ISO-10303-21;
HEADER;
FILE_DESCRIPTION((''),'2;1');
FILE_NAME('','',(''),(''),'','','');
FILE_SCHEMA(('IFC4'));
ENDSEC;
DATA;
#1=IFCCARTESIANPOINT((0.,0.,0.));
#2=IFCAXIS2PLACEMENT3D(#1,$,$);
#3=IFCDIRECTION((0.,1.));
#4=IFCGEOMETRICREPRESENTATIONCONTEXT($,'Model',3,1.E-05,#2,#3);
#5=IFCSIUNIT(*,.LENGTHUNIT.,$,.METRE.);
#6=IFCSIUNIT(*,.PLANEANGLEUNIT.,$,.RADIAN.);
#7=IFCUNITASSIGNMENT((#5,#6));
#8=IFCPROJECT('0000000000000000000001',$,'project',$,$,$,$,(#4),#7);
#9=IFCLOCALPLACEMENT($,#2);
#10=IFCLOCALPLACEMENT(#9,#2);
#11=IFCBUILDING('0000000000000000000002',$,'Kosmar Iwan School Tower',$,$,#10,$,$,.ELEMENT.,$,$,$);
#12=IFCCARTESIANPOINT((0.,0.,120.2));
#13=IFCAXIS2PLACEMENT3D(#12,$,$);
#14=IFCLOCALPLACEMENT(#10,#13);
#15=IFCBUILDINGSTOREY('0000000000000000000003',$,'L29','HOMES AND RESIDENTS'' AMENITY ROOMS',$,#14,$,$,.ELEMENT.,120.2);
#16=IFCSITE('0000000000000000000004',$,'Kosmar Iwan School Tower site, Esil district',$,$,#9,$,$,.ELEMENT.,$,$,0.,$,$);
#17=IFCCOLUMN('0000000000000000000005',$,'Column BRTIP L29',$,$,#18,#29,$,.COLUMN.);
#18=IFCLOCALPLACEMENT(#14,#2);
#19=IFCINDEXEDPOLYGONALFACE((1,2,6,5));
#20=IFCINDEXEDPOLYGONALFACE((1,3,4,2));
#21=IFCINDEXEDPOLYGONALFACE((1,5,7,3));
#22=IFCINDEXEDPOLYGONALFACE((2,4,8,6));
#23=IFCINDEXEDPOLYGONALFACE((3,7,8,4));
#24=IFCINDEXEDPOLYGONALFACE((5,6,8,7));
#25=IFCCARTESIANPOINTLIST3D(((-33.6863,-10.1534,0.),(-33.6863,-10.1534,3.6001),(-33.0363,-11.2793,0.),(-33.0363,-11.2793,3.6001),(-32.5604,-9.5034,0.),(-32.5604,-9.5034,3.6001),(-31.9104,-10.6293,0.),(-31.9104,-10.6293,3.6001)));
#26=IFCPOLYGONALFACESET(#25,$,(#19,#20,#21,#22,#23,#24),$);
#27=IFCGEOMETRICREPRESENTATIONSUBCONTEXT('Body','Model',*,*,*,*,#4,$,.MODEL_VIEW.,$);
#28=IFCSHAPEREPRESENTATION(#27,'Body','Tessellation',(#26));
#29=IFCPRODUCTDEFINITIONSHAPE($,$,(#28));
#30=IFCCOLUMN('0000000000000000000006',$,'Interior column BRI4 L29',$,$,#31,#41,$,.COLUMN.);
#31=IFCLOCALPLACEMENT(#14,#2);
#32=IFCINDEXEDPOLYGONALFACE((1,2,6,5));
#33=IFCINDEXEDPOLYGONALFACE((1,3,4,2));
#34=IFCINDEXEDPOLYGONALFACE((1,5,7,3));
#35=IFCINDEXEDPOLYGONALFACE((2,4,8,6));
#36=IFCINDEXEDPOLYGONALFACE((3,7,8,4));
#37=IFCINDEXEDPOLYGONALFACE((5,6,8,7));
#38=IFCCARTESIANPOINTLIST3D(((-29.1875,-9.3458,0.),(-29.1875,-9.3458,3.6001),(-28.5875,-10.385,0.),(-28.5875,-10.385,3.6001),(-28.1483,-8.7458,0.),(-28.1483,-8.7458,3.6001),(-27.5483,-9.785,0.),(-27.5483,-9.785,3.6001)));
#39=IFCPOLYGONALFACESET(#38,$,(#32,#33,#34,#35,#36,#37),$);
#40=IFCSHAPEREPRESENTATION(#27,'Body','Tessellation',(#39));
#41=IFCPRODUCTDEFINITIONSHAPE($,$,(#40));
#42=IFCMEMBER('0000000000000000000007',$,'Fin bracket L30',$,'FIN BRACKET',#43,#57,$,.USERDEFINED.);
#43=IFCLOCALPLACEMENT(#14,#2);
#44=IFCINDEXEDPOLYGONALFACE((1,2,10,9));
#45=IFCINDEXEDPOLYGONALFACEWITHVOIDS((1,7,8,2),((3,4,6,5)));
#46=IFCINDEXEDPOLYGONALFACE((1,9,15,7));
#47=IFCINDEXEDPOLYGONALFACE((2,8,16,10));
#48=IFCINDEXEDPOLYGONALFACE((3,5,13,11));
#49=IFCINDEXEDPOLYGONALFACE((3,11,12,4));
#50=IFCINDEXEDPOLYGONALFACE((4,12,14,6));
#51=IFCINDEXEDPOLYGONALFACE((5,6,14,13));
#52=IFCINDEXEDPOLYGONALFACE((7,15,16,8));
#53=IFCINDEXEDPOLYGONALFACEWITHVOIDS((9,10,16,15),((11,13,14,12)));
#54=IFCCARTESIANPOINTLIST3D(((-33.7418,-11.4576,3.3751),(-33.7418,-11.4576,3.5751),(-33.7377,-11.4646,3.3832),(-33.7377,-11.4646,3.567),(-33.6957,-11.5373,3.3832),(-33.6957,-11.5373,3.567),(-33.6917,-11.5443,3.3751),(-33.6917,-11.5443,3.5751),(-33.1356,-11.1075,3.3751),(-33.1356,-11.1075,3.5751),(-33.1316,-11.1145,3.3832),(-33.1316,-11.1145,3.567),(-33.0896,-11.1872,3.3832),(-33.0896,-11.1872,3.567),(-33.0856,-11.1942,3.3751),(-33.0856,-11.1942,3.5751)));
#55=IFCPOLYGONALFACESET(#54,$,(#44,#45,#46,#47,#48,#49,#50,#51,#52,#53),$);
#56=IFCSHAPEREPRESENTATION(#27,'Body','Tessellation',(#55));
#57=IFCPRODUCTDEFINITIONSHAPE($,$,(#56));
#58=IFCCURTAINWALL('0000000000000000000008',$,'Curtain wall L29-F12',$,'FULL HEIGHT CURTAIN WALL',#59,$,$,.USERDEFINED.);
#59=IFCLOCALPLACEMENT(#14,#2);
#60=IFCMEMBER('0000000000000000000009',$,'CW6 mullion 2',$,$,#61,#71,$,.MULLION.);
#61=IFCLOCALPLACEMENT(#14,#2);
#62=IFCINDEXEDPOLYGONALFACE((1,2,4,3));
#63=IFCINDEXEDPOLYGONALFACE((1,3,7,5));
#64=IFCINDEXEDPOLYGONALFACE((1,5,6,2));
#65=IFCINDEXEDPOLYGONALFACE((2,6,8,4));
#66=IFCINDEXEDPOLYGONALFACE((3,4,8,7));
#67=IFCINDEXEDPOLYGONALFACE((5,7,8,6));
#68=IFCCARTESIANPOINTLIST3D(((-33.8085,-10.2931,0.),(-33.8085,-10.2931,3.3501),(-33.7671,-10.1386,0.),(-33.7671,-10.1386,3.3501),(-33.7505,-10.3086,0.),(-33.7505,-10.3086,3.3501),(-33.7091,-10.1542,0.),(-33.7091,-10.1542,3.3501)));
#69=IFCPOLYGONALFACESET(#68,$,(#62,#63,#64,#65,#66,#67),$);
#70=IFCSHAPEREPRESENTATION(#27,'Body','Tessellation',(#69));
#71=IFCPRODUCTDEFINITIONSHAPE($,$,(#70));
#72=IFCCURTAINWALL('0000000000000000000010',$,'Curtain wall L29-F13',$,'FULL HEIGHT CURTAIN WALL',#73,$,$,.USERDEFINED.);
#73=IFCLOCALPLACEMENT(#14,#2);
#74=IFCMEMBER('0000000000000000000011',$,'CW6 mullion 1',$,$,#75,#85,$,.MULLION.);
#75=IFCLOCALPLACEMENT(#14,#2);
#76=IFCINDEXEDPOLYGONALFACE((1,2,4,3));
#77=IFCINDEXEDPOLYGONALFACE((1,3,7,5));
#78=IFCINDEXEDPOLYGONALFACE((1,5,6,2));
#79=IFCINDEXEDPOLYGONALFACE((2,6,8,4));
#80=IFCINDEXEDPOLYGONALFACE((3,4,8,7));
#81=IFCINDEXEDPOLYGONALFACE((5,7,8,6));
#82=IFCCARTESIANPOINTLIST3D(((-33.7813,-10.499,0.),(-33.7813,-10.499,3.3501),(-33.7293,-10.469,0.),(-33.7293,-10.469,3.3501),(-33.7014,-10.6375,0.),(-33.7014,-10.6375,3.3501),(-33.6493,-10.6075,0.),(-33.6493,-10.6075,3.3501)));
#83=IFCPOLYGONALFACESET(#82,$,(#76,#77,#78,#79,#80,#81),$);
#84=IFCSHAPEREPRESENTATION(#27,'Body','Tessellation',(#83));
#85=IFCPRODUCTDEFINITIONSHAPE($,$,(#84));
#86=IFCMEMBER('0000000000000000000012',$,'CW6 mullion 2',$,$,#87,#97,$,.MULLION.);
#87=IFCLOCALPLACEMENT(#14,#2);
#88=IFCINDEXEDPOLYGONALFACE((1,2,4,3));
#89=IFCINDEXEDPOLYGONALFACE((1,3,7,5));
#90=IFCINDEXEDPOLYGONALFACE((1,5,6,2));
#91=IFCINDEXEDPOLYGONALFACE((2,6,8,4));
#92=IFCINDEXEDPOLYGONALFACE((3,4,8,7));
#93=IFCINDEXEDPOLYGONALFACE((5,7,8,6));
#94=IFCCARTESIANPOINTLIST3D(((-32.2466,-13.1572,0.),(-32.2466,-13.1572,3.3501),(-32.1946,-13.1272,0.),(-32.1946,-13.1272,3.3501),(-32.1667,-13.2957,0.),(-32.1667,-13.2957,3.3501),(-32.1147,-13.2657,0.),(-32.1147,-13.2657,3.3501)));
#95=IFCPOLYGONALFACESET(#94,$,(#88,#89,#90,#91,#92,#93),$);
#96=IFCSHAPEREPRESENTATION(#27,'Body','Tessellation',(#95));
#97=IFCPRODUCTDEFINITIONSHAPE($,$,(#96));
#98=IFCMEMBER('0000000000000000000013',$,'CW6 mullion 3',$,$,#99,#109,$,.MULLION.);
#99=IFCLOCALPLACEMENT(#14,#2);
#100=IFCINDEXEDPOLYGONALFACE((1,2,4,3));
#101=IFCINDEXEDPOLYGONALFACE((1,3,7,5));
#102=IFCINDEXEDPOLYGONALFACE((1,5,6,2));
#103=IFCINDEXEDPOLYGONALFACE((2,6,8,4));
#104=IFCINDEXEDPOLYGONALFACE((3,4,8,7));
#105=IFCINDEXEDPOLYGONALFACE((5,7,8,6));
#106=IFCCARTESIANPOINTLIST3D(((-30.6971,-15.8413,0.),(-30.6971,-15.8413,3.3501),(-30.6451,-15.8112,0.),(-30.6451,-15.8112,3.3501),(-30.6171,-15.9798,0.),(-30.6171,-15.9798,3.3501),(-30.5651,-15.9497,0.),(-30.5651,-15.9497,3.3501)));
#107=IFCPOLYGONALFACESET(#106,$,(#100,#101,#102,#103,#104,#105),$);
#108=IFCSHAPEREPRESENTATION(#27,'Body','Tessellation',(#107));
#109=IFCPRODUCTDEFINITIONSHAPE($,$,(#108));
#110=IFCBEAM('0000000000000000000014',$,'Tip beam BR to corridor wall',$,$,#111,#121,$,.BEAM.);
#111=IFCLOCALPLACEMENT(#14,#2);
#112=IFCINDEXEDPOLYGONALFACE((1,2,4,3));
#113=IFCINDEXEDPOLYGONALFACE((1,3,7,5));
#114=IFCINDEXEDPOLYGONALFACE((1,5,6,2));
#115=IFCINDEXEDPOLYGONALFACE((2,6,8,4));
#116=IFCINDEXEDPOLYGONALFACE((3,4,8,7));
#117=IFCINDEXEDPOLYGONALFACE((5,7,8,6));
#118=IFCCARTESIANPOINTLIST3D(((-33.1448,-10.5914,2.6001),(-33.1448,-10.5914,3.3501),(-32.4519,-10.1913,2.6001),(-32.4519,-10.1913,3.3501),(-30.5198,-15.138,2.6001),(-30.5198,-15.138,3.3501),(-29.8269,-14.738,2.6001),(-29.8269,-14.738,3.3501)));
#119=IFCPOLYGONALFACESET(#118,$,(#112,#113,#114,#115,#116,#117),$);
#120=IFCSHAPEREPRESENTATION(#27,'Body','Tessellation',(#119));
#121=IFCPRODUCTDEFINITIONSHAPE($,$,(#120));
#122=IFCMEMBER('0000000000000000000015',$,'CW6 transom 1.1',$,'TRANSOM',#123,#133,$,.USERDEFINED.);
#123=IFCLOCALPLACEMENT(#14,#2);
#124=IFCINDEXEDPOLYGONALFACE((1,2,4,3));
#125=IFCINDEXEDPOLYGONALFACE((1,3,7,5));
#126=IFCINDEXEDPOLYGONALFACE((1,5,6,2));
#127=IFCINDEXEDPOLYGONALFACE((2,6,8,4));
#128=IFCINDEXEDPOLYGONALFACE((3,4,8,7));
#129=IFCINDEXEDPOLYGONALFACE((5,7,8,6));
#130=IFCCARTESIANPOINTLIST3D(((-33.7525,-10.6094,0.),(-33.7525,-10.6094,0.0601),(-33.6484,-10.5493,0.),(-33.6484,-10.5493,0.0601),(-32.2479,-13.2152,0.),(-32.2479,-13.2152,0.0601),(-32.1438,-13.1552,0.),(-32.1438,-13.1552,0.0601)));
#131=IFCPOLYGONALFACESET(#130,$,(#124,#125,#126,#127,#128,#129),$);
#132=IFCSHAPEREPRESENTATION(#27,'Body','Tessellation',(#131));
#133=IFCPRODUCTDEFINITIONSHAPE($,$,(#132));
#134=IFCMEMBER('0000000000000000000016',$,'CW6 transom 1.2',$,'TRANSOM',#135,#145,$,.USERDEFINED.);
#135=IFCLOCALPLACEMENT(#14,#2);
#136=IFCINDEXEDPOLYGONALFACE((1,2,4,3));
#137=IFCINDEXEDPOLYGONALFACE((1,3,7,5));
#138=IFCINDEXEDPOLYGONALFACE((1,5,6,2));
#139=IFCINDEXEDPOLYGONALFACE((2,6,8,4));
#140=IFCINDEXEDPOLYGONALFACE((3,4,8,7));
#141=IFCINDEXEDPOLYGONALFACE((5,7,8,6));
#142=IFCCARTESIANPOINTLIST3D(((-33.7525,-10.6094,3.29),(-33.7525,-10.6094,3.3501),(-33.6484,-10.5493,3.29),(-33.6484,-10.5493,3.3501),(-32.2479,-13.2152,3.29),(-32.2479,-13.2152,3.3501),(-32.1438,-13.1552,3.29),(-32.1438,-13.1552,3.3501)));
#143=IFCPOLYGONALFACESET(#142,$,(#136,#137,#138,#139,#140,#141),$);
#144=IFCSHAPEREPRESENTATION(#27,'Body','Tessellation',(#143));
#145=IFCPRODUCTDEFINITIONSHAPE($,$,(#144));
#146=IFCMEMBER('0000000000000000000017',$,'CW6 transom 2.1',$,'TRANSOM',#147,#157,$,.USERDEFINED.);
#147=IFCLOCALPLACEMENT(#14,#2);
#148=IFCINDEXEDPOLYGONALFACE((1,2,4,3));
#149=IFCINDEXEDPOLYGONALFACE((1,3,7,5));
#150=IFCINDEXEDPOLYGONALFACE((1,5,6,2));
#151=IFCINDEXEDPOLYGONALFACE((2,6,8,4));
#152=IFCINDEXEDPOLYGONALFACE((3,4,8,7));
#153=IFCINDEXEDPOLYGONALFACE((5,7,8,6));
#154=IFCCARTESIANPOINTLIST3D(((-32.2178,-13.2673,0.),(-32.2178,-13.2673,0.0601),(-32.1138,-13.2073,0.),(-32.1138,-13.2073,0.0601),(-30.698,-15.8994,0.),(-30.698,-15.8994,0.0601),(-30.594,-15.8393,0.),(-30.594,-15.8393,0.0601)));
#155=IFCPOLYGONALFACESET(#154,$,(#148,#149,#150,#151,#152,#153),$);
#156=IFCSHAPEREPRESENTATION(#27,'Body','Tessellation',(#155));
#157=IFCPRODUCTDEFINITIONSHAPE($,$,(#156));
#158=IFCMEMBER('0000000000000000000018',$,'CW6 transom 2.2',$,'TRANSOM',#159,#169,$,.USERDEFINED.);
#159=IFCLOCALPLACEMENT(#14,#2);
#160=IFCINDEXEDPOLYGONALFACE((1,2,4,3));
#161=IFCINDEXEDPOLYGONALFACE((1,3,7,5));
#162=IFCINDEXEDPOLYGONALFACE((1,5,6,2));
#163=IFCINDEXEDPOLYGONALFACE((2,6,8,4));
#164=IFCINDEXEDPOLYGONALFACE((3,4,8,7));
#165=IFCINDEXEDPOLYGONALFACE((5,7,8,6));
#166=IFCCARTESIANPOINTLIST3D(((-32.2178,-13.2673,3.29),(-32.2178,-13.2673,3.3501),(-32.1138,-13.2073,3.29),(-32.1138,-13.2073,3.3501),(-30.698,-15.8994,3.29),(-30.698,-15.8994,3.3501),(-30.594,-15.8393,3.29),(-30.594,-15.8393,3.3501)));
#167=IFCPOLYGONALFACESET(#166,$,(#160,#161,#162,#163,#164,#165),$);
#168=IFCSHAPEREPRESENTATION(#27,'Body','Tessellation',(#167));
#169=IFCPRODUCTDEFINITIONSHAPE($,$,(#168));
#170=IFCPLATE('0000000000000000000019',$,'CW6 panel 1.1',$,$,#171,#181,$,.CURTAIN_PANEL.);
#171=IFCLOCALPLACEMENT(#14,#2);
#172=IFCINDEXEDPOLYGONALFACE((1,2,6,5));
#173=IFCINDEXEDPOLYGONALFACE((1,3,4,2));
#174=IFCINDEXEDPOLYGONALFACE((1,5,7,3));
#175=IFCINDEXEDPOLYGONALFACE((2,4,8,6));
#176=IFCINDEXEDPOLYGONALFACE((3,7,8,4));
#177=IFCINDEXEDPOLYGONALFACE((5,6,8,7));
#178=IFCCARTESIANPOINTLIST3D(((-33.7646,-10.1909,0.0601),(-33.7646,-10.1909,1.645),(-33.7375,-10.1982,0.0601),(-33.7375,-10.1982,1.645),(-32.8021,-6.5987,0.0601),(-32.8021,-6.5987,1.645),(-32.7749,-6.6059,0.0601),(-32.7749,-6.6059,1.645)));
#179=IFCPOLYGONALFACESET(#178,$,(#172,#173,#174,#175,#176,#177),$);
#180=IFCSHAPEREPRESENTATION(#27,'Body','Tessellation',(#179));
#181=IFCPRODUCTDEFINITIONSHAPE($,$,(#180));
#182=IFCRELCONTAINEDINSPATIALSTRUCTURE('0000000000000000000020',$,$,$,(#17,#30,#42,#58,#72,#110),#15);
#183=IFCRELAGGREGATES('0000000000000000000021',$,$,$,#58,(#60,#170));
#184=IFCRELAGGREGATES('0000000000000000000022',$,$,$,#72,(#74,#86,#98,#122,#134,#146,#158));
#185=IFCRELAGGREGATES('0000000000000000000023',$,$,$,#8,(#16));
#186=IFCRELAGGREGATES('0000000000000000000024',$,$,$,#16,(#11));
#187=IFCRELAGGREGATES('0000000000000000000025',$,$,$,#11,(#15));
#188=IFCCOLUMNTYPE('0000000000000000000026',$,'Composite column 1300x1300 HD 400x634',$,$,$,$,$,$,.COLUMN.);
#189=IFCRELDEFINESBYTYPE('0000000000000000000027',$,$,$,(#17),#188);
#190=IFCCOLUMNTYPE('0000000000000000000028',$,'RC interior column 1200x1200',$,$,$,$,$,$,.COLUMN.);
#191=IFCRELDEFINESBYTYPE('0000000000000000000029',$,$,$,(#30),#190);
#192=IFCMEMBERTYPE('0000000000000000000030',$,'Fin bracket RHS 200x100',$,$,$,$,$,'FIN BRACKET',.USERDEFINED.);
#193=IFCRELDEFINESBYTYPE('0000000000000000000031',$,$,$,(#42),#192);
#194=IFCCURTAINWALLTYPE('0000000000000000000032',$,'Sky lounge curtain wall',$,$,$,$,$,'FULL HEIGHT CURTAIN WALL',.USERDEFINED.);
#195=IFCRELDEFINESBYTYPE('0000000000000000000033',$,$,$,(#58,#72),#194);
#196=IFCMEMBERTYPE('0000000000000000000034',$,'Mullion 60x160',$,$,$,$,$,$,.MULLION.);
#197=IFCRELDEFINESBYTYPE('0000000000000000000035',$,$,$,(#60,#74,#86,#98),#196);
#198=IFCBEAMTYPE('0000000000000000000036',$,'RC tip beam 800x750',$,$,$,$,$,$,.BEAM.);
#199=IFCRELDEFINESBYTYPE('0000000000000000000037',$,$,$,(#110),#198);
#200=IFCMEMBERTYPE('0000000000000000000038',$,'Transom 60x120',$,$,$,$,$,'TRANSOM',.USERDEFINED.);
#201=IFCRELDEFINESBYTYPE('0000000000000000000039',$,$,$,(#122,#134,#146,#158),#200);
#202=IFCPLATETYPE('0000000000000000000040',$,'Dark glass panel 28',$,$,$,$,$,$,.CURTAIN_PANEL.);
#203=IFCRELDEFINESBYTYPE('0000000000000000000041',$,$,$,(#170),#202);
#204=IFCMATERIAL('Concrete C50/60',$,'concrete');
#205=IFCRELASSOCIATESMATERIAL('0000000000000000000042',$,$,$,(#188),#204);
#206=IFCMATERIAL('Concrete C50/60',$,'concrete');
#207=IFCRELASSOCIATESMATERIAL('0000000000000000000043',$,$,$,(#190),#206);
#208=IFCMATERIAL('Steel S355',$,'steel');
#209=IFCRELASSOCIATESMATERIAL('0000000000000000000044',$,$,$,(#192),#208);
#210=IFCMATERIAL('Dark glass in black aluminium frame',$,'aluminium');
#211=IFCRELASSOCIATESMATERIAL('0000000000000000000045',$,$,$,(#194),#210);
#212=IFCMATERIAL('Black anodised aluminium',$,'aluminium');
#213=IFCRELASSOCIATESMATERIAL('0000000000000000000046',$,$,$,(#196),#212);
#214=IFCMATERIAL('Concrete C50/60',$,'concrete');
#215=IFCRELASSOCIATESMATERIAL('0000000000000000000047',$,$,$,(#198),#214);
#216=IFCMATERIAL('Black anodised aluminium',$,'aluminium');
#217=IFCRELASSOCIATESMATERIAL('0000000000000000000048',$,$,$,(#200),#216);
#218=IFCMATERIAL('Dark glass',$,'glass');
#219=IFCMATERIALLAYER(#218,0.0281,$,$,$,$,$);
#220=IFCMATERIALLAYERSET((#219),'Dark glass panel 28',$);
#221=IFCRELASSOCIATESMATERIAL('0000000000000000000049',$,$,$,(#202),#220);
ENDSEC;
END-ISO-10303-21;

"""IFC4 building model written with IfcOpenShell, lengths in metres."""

from ifc_helpers import new_model, si_unit, direction, frame, origin, origin_2d, place, context, subcontext, project, spatial, rectangle, hollow_rectangle, extrude, material, layer, layer_set, material_profile, profile_set, type_object, element, aggregate, save


model = new_model("IFC4")

# Units and contexts
model_context = context("Model", 3, precision=1e-05, world=origin(), true_north=direction((0.0, 1.0)))
body_context = subcontext(model_context, "Body", "Model", "MODEL_VIEW")
ifc_project = project(units=[si_unit("LENGTHUNIT", "METRE"), si_unit("PLANEANGLEUNIT", "RADIAN")], contexts=[model_context])

# Site, building, storey
site_placement = place(None, origin())
site = spatial("IfcSite", under=ifc_project, at=site_placement, Name="Kosmar Iwan School Tower site, Esil district", CompositionType="ELEMENT", RefElevation=0.0)
building_placement = place(site_placement, origin())
building = spatial("IfcBuilding", under=site, at=building_placement, Name="Kosmar Iwan School Tower", CompositionType="ELEMENT")
storey_placement = place(building_placement, frame((0.0, 0.0, 120.2)))
storey = spatial("IfcBuildingStorey", under=building, at=storey_placement, Name="L29", Description="HOMES AND RESIDENTS' AMENITY ROOMS", CompositionType="ELEMENT", Elevation=120.2)

# Columns
ifc_material_1 = material(Name="Concrete C50/60", Category="concrete")
ifc_material_profile_1 = material_profile(ifc_material_1, rectangle(XDim=1.3, YDim=1.3, at=origin_2d()), Name="RC 1300x1300 + HD 400x634")
ifc_profile_set_1 = profile_set([ifc_material_profile_1], Name="Concrete C50/60")
column_type_1 = type_object("IfcColumnType", Name="Composite column 1300x1300 HD 400x634", PredefinedType="COLUMN", material=ifc_profile_set_1)
column_1_placement = place(storey_placement, frame((-32.7983, -10.3914, 0.0), z_axis=(0.0, 0.0, 1.0), x_axis=(-0.866025, -0.5, 0.0)))
element("IfcColumn", 1, at=column_1_placement, inside=storey, type_object=column_type_1, Name="Column BRTIP L29", PredefinedType="COLUMN", context=body_context, shape_type="SweptSolid", body=[
    extrude(rectangle(XDim=1.3, YDim=1.3, at=origin_2d()), origin(), (0.0, 0.0, 1.0), 3.6001),
])
ifc_material_2 = material(Name="Concrete C50/60", Category="concrete")
ifc_material_profile_2 = material_profile(ifc_material_2, rectangle(XDim=1.2, YDim=1.2, at=origin_2d()), Name="RC 1200x1200")
ifc_profile_set_2 = profile_set([ifc_material_profile_2], Name="Concrete C50/60")
column_type_2 = type_object("IfcColumnType", Name="RC interior column 1200x1200", PredefinedType="COLUMN", material=ifc_profile_set_2)
column_2_placement = place(storey_placement, frame((-28.3679, -9.5654, 0.0), z_axis=(0.0, 0.0, 1.0), x_axis=(-0.866025, -0.5, 0.0)))
element("IfcColumn", 2, at=column_2_placement, inside=storey, type_object=column_type_2, Name="Interior column BRI4 L29", PredefinedType="COLUMN", context=body_context, shape_type="SweptSolid", body=[
    extrude(rectangle(XDim=1.2, YDim=1.2, at=origin_2d()), origin(), (0.0, 0.0, 1.0), 3.6001),
])

# Member
ifc_material_3 = material(Name="Steel S355", Category="steel")
ifc_material_profile_3 = material_profile(ifc_material_3, hollow_rectangle(XDim=0.1001, YDim=0.2, WallThickness=0.0081, at=origin_2d()), Name="RHS 200x100x8")
ifc_profile_set_3 = profile_set([ifc_material_profile_3], Name="Steel S355")
member_type_1 = type_object("IfcMemberType", Name="Fin bracket RHS 200x100", ElementType="FIN BRACKET", PredefinedType="USERDEFINED", material=ifc_profile_set_3)
member_1_placement = place(storey_placement, frame((-33.1106, -11.1509, 3.4751), z_axis=(-0.865959, -0.500115, 0.0), x_axis=(0.500115, -0.865959, 0.0)))
element("IfcMember", 3, at=member_1_placement, inside=storey, type_object=member_type_1, Name="Fin bracket L30", ObjectType="FIN BRACKET", PredefinedType="USERDEFINED", context=body_context, shape_type="SweptSolid", body=[
    extrude(hollow_rectangle(XDim=0.1001, YDim=0.2, WallThickness=0.0081, at=origin_2d()), origin(), (0.0, 0.0, 1.0), 0.7),
])

# Curtain wall, member
ifc_material_4 = material(Name="Dark glass in black aluminium frame", Category="aluminium")
curtain_wall_type = type_object("IfcCurtainWallType", Name="Sky lounge curtain wall", ElementType="FULL HEIGHT CURTAIN WALL", PredefinedType="USERDEFINED", material=ifc_material_4)
curtain_wall_1_placement = place(storey_placement, origin())
curtain_wall_1 = element("IfcCurtainWall", 4, at=curtain_wall_1_placement, inside=storey, type_object=curtain_wall_type, Name="Curtain wall L29-F12", ObjectType="FULL HEIGHT CURTAIN WALL", PredefinedType="USERDEFINED")
ifc_material_5 = material(Name="Black anodised aluminium", Category="aluminium")
ifc_material_profile_4 = material_profile(ifc_material_5, rectangle(XDim=0.0601, YDim=0.1599, at=origin_2d()), Name="MULLION 60x160")
ifc_profile_set_4 = profile_set([ifc_material_profile_4], Name="Black anodised aluminium")
member_type_2 = type_object("IfcMemberType", Name="Mullion 60x160", PredefinedType="MULLION", material=ifc_profile_set_4)
member_2_placement = place(storey_placement, frame((-33.7588, -10.2236, 0.0), z_axis=(0.0, 0.0, 1.0), x_axis=(0.965926, -0.258819, 0.0)))
member_2 = element("IfcMember", 5, at=member_2_placement, type_object=member_type_2, Name="CW6 mullion 2", PredefinedType="MULLION", context=body_context, shape_type="SweptSolid", body=[
    extrude(rectangle(XDim=0.0601, YDim=0.1599, at=origin_2d()), origin(), (0.0, 0.0, 1.0), 3.3501),
])

# Curtain wall, members
curtain_wall_2_placement = place(storey_placement, origin())
curtain_wall_2 = element("IfcCurtainWall", 6, at=curtain_wall_2_placement, inside=storey, type_object=curtain_wall_type, Name="Curtain wall L29-F13", ObjectType="FULL HEIGHT CURTAIN WALL", PredefinedType="USERDEFINED")
member_3_placement = place(storey_placement, frame((-33.7153, -10.5532, 0.0), z_axis=(0.0, 0.0, 1.0), x_axis=(0.866025, 0.5, 0.0)))
member_3 = element("IfcMember", 7, at=member_3_placement, type_object=member_type_2, Name="CW6 mullion 1", PredefinedType="MULLION", context=body_context, shape_type="SweptSolid", body=[
    extrude(rectangle(XDim=0.0601, YDim=0.1599, at=origin_2d()), origin(), (0.0, 0.0, 1.0), 3.3501),
])
member_4_placement = place(storey_placement, frame((-32.1807, -13.2114, 0.0), z_axis=(0.0, 0.0, 1.0), x_axis=(0.866025, 0.5, 0.0)))
member_4 = element("IfcMember", 8, at=member_4_placement, type_object=member_type_2, Name="CW6 mullion 2", PredefinedType="MULLION", context=body_context, shape_type="SweptSolid", body=[
    extrude(rectangle(XDim=0.0601, YDim=0.1599, at=origin_2d()), origin(), (0.0, 0.0, 1.0), 3.3501),
])
member_5_placement = place(storey_placement, frame((-30.6311, -15.8955, 0.0), z_axis=(0.0, 0.0, 1.0), x_axis=(0.866025, 0.5, 0.0)))
member_5 = element("IfcMember", 9, at=member_5_placement, type_object=member_type_2, Name="CW6 mullion 3", PredefinedType="MULLION", context=body_context, shape_type="SweptSolid", body=[
    extrude(rectangle(XDim=0.0601, YDim=0.1599, at=origin_2d()), origin(), (0.0, 0.0, 1.0), 3.3501),
])

# Beam
ifc_material_6 = material(Name="Concrete C50/60", Category="concrete")
ifc_material_profile_5 = material_profile(ifc_material_6, rectangle(XDim=0.8, YDim=0.75, at=origin_2d()), Name="RC 800x750")
ifc_profile_set_5 = profile_set([ifc_material_profile_5], Name="Concrete C50/60")
beam_type = type_object("IfcBeamType", Name="RC tip beam 800x750", PredefinedType="BEAM", material=ifc_profile_set_5)
beam_placement = place(storey_placement, frame((-32.7983, -10.3914, 2.9751), z_axis=(0.5, -0.866025, 0.0), x_axis=(0.866025, 0.5, 0.0)))
element("IfcBeam", 10, at=beam_placement, inside=storey, type_object=beam_type, Name="Tip beam BR to corridor wall", PredefinedType="BEAM", context=body_context, shape_type="SweptSolid", body=[
    extrude(rectangle(XDim=0.8, YDim=0.75, at=origin_2d()), origin(), (0.0, 0.0, 1.0), 5.25),
])

# Members
ifc_material_7 = material(Name="Black anodised aluminium", Category="aluminium")
ifc_material_profile_6 = material_profile(ifc_material_7, rectangle(XDim=0.1201, YDim=0.0601, at=origin_2d()), Name="TRANSOM 60x120")
ifc_profile_set_6 = profile_set([ifc_material_profile_6], Name="Black anodised aluminium")
member_type_3 = type_object("IfcMemberType", Name="Transom 60x120", ElementType="TRANSOM", PredefinedType="USERDEFINED", material=ifc_profile_set_6)
member_6_placement = place(storey_placement, frame((-33.7004, -10.5793, 0.03), z_axis=(0.500022, -0.866013, 0.0), x_axis=(0.866013, 0.500022, 0.0)))
member_6 = element("IfcMember", 11, at=member_6_placement, type_object=member_type_3, Name="CW6 transom 1.1", ObjectType="TRANSOM", PredefinedType="USERDEFINED", context=body_context, shape_type="SweptSolid", body=[
    extrude(rectangle(XDim=0.1201, YDim=0.0601, at=origin_2d()), origin(), (0.0, 0.0, 1.0), 3.009),
])
member_7_placement = place(storey_placement, frame((-33.7004, -10.5793, 3.3201), z_axis=(0.500022, -0.866013, 0.0), x_axis=(0.866013, 0.500022, 0.0)))
member_7 = element("IfcMember", 12, at=member_7_placement, type_object=member_type_3, Name="CW6 transom 1.2", ObjectType="TRANSOM", PredefinedType="USERDEFINED", context=body_context, shape_type="SweptSolid", body=[
    extrude(rectangle(XDim=0.1201, YDim=0.0601, at=origin_2d()), origin(), (0.0, 0.0, 1.0), 3.009),
])
member_8_placement = place(storey_placement, frame((-32.1658, -13.2373, 0.03), z_axis=(0.500035, -0.866005, 0.0), x_axis=(0.866005, 0.500035, 0.0)))
member_8 = element("IfcMember", 13, at=member_8_placement, type_object=member_type_3, Name="CW6 transom 2.1", ObjectType="TRANSOM", PredefinedType="USERDEFINED", context=body_context, shape_type="SweptSolid", body=[
    extrude(rectangle(XDim=0.1201, YDim=0.0601, at=origin_2d()), origin(), (0.0, 0.0, 1.0), 3.0393),
])
member_9_placement = place(storey_placement, frame((-32.1658, -13.2373, 3.3201), z_axis=(0.500035, -0.866005, 0.0), x_axis=(0.866005, 0.500035, 0.0)))
member_9 = element("IfcMember", 14, at=member_9_placement, type_object=member_type_3, Name="CW6 transom 2.2", ObjectType="TRANSOM", PredefinedType="USERDEFINED", context=body_context, shape_type="SweptSolid", body=[
    extrude(rectangle(XDim=0.1201, YDim=0.0601, at=origin_2d()), origin(), (0.0, 0.0, 1.0), 3.0393),
])

# Plate
ifc_material_8 = material(Name="Dark glass", Category="glass")
ifc_layer_1 = layer(ifc_material_8, 0.0281)
ifc_layer_set_1 = layer_set([ifc_layer_1], Name="Dark glass panel 28")
plate_type = type_object("IfcPlateType", Name="Dark glass panel 28", PredefinedType="CURTAIN_PANEL", material=ifc_layer_set_1)
plate_1_placement = place(storey_placement, frame((-33.2698, -8.3984, 0.0601), z_axis=(0.0, 0.0, 1.0), x_axis=(-0.258819, -0.965926, 0.0)))
plate_1 = element("IfcPlate", 15, at=plate_1_placement, type_object=plate_type, Name="CW6 panel 1.1", PredefinedType="CURTAIN_PANEL", context=body_context, shape_type="SweptSolid", body=[
    extrude(rectangle(XDim=3.719, YDim=0.0281, at=origin_2d()), origin(), (0.0, 0.0, 1.0), 1.585),
])
aggregate(curtain_wall_1, [member_2, plate_1])
aggregate(curtain_wall_2, [member_3, member_4, member_5, member_6, member_7, member_8, member_9])

save(model, "model.ifc")
